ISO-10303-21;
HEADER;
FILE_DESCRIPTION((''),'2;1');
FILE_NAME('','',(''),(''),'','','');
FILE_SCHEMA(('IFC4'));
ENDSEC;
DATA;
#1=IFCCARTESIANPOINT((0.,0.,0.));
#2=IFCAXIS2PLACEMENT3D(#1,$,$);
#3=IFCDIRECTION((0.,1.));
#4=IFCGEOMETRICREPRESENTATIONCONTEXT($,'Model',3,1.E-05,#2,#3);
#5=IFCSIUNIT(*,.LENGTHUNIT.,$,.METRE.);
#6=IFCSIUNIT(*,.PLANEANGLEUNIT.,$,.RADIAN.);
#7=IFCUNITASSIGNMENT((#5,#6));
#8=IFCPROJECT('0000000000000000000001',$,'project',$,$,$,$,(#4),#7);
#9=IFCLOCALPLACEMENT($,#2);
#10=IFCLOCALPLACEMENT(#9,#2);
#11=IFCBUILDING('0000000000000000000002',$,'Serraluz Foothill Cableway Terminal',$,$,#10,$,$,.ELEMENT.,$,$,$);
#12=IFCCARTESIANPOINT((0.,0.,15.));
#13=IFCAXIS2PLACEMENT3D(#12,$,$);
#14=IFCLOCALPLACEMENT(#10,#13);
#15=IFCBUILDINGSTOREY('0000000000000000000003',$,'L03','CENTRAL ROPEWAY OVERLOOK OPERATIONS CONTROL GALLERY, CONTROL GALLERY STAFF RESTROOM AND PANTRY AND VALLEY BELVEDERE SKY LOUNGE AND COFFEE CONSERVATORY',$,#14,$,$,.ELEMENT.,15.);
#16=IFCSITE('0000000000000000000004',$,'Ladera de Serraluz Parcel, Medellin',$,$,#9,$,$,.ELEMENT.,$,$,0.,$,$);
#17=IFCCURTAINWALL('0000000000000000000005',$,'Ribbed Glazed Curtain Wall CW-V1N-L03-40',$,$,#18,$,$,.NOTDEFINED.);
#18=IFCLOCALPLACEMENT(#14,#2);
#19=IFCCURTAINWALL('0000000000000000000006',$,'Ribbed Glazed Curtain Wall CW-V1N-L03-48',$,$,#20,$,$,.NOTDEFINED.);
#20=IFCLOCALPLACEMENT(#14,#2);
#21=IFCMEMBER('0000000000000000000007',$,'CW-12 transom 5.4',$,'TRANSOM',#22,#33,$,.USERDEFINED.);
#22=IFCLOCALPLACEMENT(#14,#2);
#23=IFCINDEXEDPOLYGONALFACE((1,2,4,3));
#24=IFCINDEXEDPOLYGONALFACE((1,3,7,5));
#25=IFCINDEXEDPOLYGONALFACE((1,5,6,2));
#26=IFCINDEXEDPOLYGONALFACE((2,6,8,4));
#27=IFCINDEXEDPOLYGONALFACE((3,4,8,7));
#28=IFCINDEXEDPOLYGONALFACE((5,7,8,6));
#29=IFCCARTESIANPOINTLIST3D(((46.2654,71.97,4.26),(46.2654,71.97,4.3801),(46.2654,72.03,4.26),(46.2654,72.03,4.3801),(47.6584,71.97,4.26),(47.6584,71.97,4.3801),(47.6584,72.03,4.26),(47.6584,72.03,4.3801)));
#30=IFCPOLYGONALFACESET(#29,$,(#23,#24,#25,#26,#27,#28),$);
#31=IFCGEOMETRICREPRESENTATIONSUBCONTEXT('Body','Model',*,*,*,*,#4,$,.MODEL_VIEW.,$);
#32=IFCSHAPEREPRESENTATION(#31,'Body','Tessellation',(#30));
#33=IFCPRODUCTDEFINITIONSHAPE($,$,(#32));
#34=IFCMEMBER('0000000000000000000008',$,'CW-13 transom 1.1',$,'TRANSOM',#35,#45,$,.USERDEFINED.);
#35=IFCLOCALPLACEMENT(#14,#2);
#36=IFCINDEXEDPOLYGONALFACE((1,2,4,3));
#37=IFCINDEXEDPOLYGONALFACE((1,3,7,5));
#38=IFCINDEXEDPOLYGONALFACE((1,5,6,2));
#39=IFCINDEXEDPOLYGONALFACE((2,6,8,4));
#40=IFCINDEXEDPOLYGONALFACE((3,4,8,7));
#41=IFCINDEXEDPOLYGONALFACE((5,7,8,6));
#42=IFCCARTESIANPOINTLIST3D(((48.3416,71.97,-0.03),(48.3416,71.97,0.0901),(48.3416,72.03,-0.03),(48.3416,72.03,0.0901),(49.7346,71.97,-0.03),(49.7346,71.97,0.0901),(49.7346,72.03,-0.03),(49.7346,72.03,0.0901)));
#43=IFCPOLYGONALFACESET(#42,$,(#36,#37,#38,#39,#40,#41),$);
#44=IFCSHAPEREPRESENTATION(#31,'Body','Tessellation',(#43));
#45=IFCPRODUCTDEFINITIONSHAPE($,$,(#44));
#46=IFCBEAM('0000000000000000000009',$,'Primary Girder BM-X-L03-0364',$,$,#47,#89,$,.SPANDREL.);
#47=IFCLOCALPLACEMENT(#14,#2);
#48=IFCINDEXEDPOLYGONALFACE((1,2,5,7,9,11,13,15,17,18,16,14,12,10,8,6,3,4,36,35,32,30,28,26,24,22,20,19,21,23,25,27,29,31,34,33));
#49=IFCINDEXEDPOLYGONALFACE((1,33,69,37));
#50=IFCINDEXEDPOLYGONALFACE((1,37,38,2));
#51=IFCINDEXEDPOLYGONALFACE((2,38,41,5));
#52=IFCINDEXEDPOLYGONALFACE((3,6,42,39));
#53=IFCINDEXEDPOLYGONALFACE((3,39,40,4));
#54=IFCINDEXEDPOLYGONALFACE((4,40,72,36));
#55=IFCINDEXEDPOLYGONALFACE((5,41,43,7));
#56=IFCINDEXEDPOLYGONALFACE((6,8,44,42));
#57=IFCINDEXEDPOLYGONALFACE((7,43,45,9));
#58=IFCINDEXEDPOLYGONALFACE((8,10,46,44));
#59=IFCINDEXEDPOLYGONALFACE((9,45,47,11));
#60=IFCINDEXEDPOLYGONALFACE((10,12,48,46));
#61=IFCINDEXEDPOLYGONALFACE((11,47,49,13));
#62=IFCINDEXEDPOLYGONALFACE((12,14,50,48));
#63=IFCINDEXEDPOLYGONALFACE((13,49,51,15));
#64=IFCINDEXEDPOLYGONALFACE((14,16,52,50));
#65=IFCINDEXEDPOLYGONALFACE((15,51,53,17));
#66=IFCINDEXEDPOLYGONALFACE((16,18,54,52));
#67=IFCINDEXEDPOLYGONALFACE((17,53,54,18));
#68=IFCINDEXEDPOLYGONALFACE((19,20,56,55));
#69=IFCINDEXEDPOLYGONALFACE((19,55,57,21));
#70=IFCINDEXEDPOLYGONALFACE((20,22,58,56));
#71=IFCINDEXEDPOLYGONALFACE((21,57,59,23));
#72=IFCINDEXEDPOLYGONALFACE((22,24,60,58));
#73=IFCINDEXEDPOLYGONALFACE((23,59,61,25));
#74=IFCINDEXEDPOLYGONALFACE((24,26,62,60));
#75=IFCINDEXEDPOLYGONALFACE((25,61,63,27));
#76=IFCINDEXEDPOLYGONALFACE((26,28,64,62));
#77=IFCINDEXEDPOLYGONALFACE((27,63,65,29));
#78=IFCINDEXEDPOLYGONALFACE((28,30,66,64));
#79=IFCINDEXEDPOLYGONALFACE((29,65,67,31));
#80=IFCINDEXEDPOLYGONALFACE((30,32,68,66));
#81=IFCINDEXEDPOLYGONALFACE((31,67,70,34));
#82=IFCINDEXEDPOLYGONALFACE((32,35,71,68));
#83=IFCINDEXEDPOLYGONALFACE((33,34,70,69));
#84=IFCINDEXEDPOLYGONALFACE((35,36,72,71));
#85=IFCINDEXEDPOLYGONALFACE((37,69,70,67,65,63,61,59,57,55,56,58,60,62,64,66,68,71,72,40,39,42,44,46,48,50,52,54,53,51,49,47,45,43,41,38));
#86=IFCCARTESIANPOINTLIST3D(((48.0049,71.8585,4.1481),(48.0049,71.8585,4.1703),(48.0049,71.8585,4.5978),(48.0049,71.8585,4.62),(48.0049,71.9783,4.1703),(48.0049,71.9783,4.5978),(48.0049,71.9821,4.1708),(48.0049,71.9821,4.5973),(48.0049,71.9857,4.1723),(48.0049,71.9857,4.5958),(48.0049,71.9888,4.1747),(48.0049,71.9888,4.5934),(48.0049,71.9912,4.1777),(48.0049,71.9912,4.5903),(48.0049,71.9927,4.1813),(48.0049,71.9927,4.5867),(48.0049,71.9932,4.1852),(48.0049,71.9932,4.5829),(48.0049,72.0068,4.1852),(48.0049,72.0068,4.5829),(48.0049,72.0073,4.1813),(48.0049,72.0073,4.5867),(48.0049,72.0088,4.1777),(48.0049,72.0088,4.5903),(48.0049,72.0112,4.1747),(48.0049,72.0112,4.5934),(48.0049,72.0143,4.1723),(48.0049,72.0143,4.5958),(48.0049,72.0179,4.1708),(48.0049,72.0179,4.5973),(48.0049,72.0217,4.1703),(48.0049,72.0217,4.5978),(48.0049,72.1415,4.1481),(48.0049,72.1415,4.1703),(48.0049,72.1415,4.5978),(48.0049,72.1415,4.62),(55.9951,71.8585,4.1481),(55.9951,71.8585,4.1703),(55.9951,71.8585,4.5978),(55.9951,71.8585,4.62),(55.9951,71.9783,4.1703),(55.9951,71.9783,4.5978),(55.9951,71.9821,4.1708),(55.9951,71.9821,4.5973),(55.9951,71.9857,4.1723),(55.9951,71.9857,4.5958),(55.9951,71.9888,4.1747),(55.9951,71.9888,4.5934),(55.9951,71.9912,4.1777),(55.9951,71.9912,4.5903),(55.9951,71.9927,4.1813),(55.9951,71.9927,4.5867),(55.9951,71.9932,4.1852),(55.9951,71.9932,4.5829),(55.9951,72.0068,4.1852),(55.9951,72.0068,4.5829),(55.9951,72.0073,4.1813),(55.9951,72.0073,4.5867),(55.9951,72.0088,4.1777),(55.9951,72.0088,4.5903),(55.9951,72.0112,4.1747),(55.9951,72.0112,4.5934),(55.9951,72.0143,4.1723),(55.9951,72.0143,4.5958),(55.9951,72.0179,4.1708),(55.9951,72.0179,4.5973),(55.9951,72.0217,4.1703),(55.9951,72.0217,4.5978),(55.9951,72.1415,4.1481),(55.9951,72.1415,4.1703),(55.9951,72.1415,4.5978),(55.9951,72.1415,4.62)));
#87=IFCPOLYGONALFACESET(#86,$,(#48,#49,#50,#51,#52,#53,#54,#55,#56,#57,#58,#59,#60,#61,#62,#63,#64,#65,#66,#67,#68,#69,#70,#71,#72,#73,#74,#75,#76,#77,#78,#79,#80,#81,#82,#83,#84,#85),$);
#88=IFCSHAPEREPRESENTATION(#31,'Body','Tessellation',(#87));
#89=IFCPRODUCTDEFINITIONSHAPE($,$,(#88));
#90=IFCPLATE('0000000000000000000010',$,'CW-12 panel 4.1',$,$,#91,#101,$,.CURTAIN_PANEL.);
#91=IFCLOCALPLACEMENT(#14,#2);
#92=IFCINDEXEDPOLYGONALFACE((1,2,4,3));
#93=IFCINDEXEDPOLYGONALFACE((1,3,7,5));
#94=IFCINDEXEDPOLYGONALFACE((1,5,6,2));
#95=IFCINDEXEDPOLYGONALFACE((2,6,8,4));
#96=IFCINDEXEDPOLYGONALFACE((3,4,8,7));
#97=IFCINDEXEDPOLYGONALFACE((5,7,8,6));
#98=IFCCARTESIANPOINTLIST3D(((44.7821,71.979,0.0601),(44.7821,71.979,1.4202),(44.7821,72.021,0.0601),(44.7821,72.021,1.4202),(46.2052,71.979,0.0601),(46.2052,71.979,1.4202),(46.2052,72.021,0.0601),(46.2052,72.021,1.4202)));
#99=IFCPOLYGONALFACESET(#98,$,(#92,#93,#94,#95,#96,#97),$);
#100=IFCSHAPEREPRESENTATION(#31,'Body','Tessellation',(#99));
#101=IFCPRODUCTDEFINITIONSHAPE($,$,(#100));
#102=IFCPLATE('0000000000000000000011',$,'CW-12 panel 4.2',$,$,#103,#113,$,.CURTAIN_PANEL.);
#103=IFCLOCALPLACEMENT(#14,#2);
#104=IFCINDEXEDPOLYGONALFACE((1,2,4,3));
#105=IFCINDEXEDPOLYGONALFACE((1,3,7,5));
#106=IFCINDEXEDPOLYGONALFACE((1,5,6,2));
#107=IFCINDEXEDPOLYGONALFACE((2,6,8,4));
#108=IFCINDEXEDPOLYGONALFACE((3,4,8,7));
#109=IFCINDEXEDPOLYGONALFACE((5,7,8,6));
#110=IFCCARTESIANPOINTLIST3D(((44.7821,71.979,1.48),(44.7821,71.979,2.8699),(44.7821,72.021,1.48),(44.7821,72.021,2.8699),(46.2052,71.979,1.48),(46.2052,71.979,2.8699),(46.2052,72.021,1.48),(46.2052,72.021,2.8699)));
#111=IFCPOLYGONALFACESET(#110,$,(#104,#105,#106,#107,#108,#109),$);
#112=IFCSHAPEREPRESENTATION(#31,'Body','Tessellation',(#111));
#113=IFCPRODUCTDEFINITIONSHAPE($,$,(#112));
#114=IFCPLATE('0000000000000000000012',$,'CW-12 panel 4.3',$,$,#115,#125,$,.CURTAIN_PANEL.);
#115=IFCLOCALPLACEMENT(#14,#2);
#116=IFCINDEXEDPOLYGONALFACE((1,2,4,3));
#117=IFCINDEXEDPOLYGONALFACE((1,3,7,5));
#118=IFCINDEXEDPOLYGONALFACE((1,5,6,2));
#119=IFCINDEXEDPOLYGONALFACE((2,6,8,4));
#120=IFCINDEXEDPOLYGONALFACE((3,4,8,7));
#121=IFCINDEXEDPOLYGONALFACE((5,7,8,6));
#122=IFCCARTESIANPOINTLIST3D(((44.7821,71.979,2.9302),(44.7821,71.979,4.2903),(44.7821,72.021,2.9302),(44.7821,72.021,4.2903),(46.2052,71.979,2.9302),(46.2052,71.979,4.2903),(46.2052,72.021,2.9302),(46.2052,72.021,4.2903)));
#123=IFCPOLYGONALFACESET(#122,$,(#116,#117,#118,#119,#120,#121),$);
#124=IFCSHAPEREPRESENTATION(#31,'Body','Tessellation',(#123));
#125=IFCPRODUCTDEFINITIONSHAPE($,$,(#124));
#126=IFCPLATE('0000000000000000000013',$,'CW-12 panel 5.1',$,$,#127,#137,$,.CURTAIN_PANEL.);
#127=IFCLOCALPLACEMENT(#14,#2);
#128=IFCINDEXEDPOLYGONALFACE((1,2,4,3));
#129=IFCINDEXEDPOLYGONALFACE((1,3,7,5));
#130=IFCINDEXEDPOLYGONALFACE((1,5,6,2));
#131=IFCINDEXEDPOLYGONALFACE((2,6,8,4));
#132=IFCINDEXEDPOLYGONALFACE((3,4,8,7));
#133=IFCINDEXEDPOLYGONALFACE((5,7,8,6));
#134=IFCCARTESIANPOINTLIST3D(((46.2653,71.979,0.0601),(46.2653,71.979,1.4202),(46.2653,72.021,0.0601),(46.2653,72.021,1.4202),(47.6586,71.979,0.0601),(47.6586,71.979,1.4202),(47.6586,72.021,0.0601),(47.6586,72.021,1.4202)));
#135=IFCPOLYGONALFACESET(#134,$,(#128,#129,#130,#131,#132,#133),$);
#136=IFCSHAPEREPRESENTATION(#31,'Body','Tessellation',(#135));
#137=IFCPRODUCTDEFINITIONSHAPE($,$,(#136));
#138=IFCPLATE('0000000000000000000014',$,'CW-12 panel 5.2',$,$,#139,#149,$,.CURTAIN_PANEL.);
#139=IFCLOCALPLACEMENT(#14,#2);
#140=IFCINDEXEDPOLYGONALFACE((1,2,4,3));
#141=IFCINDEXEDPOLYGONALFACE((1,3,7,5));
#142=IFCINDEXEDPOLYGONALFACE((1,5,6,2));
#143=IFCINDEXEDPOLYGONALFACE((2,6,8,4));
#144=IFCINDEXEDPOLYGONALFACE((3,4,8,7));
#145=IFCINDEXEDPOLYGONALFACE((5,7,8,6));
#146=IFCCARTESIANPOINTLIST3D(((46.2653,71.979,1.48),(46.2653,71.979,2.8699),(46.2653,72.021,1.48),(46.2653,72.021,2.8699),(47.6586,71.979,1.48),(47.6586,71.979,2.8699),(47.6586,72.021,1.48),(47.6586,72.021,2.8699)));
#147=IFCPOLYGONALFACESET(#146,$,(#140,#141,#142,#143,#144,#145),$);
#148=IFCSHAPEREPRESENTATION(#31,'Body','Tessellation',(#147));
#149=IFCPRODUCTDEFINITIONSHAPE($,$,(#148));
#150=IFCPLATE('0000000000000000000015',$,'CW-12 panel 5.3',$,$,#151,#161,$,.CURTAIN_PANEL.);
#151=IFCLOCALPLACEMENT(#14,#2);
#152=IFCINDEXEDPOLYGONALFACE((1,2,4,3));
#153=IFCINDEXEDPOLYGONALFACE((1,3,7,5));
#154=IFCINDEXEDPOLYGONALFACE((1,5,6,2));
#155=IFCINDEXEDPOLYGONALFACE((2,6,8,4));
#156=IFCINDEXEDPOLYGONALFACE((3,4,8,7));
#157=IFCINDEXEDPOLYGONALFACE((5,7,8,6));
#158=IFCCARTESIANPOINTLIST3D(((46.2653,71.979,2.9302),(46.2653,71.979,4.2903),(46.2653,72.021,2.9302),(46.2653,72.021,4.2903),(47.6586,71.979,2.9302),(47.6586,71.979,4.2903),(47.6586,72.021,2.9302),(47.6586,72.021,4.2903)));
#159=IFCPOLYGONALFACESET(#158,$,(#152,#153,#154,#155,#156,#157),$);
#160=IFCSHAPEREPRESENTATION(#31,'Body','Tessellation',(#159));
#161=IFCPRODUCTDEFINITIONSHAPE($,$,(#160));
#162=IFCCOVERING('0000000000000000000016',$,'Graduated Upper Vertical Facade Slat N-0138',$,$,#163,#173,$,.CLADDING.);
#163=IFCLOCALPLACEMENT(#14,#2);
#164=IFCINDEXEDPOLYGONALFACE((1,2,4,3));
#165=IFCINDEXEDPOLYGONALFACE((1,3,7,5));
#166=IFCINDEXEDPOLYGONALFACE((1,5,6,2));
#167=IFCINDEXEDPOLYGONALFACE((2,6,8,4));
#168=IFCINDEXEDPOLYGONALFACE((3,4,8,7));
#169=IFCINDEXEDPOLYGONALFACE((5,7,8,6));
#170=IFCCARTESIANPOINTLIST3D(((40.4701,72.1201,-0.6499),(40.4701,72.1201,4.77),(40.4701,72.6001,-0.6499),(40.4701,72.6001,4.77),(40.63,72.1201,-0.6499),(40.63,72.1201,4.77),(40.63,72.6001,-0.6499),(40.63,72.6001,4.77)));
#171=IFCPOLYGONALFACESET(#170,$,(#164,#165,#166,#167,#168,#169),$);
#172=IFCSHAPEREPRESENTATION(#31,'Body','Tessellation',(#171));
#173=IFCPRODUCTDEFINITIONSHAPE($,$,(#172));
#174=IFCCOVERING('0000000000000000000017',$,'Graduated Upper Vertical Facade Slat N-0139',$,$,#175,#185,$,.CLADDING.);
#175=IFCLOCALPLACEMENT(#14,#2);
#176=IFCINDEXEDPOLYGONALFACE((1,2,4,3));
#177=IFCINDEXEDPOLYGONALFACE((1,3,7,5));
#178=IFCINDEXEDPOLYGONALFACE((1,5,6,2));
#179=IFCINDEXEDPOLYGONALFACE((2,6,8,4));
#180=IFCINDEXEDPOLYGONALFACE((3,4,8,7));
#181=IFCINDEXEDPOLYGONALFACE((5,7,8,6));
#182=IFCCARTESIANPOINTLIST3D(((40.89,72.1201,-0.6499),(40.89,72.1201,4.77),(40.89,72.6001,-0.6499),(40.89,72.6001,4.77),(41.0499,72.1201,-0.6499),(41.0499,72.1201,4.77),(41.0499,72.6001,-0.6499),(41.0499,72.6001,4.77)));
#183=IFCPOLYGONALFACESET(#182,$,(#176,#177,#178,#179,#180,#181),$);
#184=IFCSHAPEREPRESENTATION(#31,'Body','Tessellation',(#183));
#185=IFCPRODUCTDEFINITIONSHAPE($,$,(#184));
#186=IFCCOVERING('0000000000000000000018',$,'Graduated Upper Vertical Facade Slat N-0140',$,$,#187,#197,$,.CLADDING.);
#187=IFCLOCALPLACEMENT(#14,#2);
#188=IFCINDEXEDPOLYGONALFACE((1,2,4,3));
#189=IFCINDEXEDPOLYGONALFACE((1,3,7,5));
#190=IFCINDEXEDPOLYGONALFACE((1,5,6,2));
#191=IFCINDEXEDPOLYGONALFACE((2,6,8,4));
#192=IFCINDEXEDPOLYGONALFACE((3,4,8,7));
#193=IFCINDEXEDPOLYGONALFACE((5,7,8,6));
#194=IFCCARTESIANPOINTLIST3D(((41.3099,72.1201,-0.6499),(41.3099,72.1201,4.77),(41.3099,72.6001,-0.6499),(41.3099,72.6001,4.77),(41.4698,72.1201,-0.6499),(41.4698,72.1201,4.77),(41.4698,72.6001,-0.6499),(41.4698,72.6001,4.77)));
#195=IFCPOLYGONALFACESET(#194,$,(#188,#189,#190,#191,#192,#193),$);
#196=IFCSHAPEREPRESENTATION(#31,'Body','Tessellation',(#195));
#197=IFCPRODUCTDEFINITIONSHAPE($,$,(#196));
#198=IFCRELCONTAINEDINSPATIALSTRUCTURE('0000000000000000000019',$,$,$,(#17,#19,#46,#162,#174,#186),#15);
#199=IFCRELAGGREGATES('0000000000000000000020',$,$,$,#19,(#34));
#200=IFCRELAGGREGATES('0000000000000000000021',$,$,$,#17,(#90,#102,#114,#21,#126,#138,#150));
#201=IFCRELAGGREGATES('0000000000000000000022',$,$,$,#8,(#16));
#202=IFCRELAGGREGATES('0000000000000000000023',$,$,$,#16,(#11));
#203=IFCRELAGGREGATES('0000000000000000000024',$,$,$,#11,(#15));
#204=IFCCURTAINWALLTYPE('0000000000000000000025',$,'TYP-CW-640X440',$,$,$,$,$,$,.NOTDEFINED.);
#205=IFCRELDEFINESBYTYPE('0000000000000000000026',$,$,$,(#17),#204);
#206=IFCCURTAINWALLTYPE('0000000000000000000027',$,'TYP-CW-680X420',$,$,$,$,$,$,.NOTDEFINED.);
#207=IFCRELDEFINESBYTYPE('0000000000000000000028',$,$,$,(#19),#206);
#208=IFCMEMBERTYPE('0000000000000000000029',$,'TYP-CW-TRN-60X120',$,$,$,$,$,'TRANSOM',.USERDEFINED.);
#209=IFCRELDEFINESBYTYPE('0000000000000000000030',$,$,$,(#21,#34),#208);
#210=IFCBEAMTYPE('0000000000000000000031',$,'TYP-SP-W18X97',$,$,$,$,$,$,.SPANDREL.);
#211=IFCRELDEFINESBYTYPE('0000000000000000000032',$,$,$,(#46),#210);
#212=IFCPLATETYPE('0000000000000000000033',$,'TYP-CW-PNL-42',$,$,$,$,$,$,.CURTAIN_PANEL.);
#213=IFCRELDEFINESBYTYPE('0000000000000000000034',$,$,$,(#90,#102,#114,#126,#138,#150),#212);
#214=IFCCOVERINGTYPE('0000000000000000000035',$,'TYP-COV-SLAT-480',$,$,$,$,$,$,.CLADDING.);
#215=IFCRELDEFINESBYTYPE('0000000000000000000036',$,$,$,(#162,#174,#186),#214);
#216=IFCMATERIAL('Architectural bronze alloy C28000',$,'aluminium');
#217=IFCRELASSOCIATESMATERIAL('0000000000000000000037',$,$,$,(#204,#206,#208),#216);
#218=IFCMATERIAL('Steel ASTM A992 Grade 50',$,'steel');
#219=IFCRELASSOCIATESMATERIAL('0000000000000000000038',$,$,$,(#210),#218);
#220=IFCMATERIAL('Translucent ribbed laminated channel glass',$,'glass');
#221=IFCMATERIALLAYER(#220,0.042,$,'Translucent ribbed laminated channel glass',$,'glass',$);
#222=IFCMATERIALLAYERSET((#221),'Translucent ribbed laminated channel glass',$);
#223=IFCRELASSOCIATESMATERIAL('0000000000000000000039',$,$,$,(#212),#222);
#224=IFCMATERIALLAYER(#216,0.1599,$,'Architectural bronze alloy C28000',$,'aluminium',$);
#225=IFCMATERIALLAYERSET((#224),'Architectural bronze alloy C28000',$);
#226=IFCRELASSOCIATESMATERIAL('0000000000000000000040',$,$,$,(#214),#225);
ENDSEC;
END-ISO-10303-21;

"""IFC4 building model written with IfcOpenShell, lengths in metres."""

from ifc_helpers import new_model, si_unit, direction, frame, origin, origin_2d, place, context, subcontext, project, spatial, rectangle, i_section, extrude, material, layer, layer_set, material_profile, profile_set, type_object, element, aggregate, save


model = new_model("IFC4")

# Units and contexts
model_context = context("Model", 3, precision=1e-05, world=origin(), true_north=direction((0.0, 1.0)))
body_context = subcontext(model_context, "Body", "Model", "MODEL_VIEW")
ifc_project = project(units=[si_unit("LENGTHUNIT", "METRE"), si_unit("PLANEANGLEUNIT", "RADIAN")], contexts=[model_context])

# Site, building, storey
site_placement = place(None, origin())
site = spatial("IfcSite", under=ifc_project, at=site_placement, Name="Ladera de Serraluz Parcel, Medellin", CompositionType="ELEMENT", RefElevation=0.0)
building_placement = place(site_placement, origin())
building = spatial("IfcBuilding", under=site, at=building_placement, Name="Serraluz Foothill Cableway Terminal", CompositionType="ELEMENT")
storey_placement = place(building_placement, frame((0.0, 0.0, 15.0)))
storey = spatial("IfcBuildingStorey", under=building, at=storey_placement, Name="L03", Description="CENTRAL ROPEWAY OVERLOOK OPERATIONS CONTROL GALLERY, CONTROL GALLERY STAFF RESTROOM AND PANTRY AND VALLEY BELVEDERE SKY LOUNGE AND COFFEE CONSERVATORY", CompositionType="ELEMENT", Elevation=15.0)

# Shared definitions
ifc_material_1 = material(Name="Steel ASTM A992 Grade 50", Category="steel")

# Curtain wall
ifc_material_2 = material(Name="Architectural bronze alloy C28000", Category="aluminium")
curtain_wall_type_1 = type_object("IfcCurtainWallType", Name="TYP-CW-640X440", PredefinedType="NOTDEFINED", material=ifc_material_2)
curtain_wall_1_placement = place(storey_placement, origin())
curtain_wall_1 = element("IfcCurtainWall", 1, at=curtain_wall_1_placement, inside=storey, type_object=curtain_wall_type_1, Name="Ribbed Glazed Curtain Wall CW-V1N-L03-40", PredefinedType="NOTDEFINED")

# Curtain wall
curtain_wall_type_2 = type_object("IfcCurtainWallType", Name="TYP-CW-680X420", PredefinedType="NOTDEFINED", material=ifc_material_2)
curtain_wall_2_placement = place(storey_placement, origin())
curtain_wall_2 = element("IfcCurtainWall", 2, at=curtain_wall_2_placement, inside=storey, type_object=curtain_wall_type_2, Name="Ribbed Glazed Curtain Wall CW-V1N-L03-48", PredefinedType="NOTDEFINED")

# Members
ifc_material_profile_1 = material_profile(ifc_material_2, rectangle(XDim=0.0601, YDim=0.1201, at=origin_2d()), Name="ALU TRANSOM 60x120")
ifc_profile_set_1 = profile_set([ifc_material_profile_1], Name="Architectural bronze alloy C28000")
member_type_1 = type_object("IfcMemberType", Name="TYP-CW-TRN-60X120", ElementType="TRANSOM", PredefinedType="USERDEFINED", material=ifc_profile_set_1)
member_1_placement = place(storey_placement, frame((46.2654, 72.0, 4.3201), z_axis=(1.0, 0.0, 0.0), x_axis=(0.0, 1.0, 0.0)))
member_1 = element("IfcMember", 3, at=member_1_placement, type_object=member_type_1, Name="CW-12 transom 5.4", ObjectType="TRANSOM", PredefinedType="USERDEFINED", context=body_context, shape_type="SweptSolid", body=[
    extrude(rectangle(XDim=0.0601, YDim=0.1201, at=origin_2d()), origin(), (0.0, 0.0, 1.0), 1.3931),
])
member_2_placement = place(storey_placement, frame((48.3416, 72.0, 0.03), z_axis=(1.0, 0.0, 0.0), x_axis=(0.0, 1.0, 0.0)))
member_2 = element("IfcMember", 4, at=member_2_placement, type_object=member_type_1, Name="CW-13 transom 1.1", ObjectType="TRANSOM", PredefinedType="USERDEFINED", context=body_context, shape_type="SweptSolid", body=[
    extrude(rectangle(XDim=0.0601, YDim=0.1201, at=origin_2d()), origin(), (0.0, 0.0, 1.0), 1.3931),
])
aggregate(curtain_wall_2, [member_2])

# Beam
ifc_material_profile_2 = material_profile(ifc_material_1, i_section(OverallWidth=0.283, OverallDepth=0.4719, WebThickness=0.0137, FlangeThickness=0.0222, FilletRadius=0.0149, at=origin_2d()), Name="W18X97")
ifc_profile_set_2 = profile_set([ifc_material_profile_2], Name="Steel ASTM A992 Grade 50")
beam_type = type_object("IfcBeamType", Name="TYP-SP-W18X97", PredefinedType="SPANDREL", material=ifc_profile_set_2)
beam_placement = place(storey_placement, frame((48.0049, 72.0, 4.384), z_axis=(1.0, 0.0, 0.0), x_axis=(0.0, 1.0, 0.0)))
element("IfcBeam", 5, at=beam_placement, inside=storey, type_object=beam_type, Name="Primary Girder BM-X-L03-0364", PredefinedType="SPANDREL", context=body_context, shape_type="SweptSolid", body=[
    extrude(i_section(OverallWidth=0.283, OverallDepth=0.4719, WebThickness=0.0137, FlangeThickness=0.0222, FilletRadius=0.0149, at=origin_2d()), origin(), (0.0, 0.0, 1.0), 7.9902),
])

# Plates
ifc_material_3 = material(Name="Translucent ribbed laminated channel glass", Category="glass")
ifc_layer_1 = layer(ifc_material_3, 0.042, Name="Translucent ribbed laminated channel glass", Category="glass")
ifc_layer_set_1 = layer_set([ifc_layer_1], Name="Translucent ribbed laminated channel glass")
plate_type = type_object("IfcPlateType", Name="TYP-CW-PNL-42", PredefinedType="CURTAIN_PANEL", material=ifc_layer_set_1)
plate_1_placement = place(storey_placement, frame((45.4937, 72.0, 0.0601), z_axis=(0.0, 0.0, 1.0), x_axis=(1.0, 0.0, 0.0)))
plate_1 = element("IfcPlate", 6, at=plate_1_placement, type_object=plate_type, Name="CW-12 panel 4.1", PredefinedType="CURTAIN_PANEL", context=body_context, shape_type="SweptSolid", body=[
    extrude(rectangle(XDim=1.4231, YDim=0.042, at=origin_2d()), origin(), (0.0, 0.0, 1.0), 1.3601),
])
plate_2_placement = place(storey_placement, frame((45.4937, 72.0, 1.48), z_axis=(0.0, 0.0, 1.0), x_axis=(1.0, 0.0, 0.0)))
plate_2 = element("IfcPlate", 7, at=plate_2_placement, type_object=plate_type, Name="CW-12 panel 4.2", PredefinedType="CURTAIN_PANEL", context=body_context, shape_type="SweptSolid", body=[
    extrude(rectangle(XDim=1.4231, YDim=0.042, at=origin_2d()), origin(), (0.0, 0.0, 1.0), 1.3899),
])
plate_3_placement = place(storey_placement, frame((45.4937, 72.0, 2.9302), z_axis=(0.0, 0.0, 1.0), x_axis=(1.0, 0.0, 0.0)))
plate_3 = element("IfcPlate", 8, at=plate_3_placement, type_object=plate_type, Name="CW-12 panel 4.3", PredefinedType="CURTAIN_PANEL", context=body_context, shape_type="SweptSolid", body=[
    extrude(rectangle(XDim=1.4231, YDim=0.042, at=origin_2d()), origin(), (0.0, 0.0, 1.0), 1.3601),
])
plate_4_placement = place(storey_placement, frame((46.9619, 72.0, 0.0601), z_axis=(0.0, 0.0, 1.0), x_axis=(1.0, 0.0, 0.0)))
plate_4 = element("IfcPlate", 9, at=plate_4_placement, type_object=plate_type, Name="CW-12 panel 5.1", PredefinedType="CURTAIN_PANEL", context=body_context, shape_type="SweptSolid", body=[
    extrude(rectangle(XDim=1.3933, YDim=0.042, at=origin_2d()), origin(), (0.0, 0.0, 1.0), 1.3601),
])
plate_5_placement = place(storey_placement, frame((46.9619, 72.0, 1.48), z_axis=(0.0, 0.0, 1.0), x_axis=(1.0, 0.0, 0.0)))
plate_5 = element("IfcPlate", 10, at=plate_5_placement, type_object=plate_type, Name="CW-12 panel 5.2", PredefinedType="CURTAIN_PANEL", context=body_context, shape_type="SweptSolid", body=[
    extrude(rectangle(XDim=1.3933, YDim=0.042, at=origin_2d()), origin(), (0.0, 0.0, 1.0), 1.3899),
])
plate_6_placement = place(storey_placement, frame((46.9619, 72.0, 2.9302), z_axis=(0.0, 0.0, 1.0), x_axis=(1.0, 0.0, 0.0)))
plate_6 = element("IfcPlate", 11, at=plate_6_placement, type_object=plate_type, Name="CW-12 panel 5.3", PredefinedType="CURTAIN_PANEL", context=body_context, shape_type="SweptSolid", body=[
    extrude(rectangle(XDim=1.3933, YDim=0.042, at=origin_2d()), origin(), (0.0, 0.0, 1.0), 1.3601),
])
aggregate(curtain_wall_1, [plate_1, plate_2, plate_3, member_1, plate_4, plate_5, plate_6])

# Coverings
ifc_layer_2 = layer(ifc_material_2, 0.1599, Name="Architectural bronze alloy C28000", Category="aluminium")
ifc_layer_set_2 = layer_set([ifc_layer_2], Name="Architectural bronze alloy C28000")
covering_type = type_object("IfcCoveringType", Name="TYP-COV-SLAT-480", PredefinedType="CLADDING", material=ifc_layer_set_2)
for number, where, z_axis, x_axis, name in (
    (12, (40.55, 72.3601, -0.6499), (0.0, 0.0, 1.0), (1.0, 0.0, 0.0), "Graduated Upper Vertical Facade Slat N-0138"),
    (13, (40.97, 72.3601, -0.6499), (0.0, 0.0, 1.0), (1.0, 0.0, 0.0), "Graduated Upper Vertical Facade Slat N-0139"),
    (14, (41.3899, 72.3601, -0.6499), (0.0, 0.0, 1.0), (1.0, 0.0, 0.0), "Graduated Upper Vertical Facade Slat N-0140"),
):
    element("IfcCovering", number, at=place(storey_placement, frame(where, z_axis=z_axis, x_axis=x_axis)), inside=storey, type_object=covering_type, Name=name, PredefinedType="CLADDING", context=body_context, shape_type="SweptSolid", body=[
        extrude(rectangle(XDim=0.1599, YDim=0.48, at=origin_2d()), origin(), (0.0, 0.0, 1.0), 5.4199),
    ])

save(model, "model.ifc")
